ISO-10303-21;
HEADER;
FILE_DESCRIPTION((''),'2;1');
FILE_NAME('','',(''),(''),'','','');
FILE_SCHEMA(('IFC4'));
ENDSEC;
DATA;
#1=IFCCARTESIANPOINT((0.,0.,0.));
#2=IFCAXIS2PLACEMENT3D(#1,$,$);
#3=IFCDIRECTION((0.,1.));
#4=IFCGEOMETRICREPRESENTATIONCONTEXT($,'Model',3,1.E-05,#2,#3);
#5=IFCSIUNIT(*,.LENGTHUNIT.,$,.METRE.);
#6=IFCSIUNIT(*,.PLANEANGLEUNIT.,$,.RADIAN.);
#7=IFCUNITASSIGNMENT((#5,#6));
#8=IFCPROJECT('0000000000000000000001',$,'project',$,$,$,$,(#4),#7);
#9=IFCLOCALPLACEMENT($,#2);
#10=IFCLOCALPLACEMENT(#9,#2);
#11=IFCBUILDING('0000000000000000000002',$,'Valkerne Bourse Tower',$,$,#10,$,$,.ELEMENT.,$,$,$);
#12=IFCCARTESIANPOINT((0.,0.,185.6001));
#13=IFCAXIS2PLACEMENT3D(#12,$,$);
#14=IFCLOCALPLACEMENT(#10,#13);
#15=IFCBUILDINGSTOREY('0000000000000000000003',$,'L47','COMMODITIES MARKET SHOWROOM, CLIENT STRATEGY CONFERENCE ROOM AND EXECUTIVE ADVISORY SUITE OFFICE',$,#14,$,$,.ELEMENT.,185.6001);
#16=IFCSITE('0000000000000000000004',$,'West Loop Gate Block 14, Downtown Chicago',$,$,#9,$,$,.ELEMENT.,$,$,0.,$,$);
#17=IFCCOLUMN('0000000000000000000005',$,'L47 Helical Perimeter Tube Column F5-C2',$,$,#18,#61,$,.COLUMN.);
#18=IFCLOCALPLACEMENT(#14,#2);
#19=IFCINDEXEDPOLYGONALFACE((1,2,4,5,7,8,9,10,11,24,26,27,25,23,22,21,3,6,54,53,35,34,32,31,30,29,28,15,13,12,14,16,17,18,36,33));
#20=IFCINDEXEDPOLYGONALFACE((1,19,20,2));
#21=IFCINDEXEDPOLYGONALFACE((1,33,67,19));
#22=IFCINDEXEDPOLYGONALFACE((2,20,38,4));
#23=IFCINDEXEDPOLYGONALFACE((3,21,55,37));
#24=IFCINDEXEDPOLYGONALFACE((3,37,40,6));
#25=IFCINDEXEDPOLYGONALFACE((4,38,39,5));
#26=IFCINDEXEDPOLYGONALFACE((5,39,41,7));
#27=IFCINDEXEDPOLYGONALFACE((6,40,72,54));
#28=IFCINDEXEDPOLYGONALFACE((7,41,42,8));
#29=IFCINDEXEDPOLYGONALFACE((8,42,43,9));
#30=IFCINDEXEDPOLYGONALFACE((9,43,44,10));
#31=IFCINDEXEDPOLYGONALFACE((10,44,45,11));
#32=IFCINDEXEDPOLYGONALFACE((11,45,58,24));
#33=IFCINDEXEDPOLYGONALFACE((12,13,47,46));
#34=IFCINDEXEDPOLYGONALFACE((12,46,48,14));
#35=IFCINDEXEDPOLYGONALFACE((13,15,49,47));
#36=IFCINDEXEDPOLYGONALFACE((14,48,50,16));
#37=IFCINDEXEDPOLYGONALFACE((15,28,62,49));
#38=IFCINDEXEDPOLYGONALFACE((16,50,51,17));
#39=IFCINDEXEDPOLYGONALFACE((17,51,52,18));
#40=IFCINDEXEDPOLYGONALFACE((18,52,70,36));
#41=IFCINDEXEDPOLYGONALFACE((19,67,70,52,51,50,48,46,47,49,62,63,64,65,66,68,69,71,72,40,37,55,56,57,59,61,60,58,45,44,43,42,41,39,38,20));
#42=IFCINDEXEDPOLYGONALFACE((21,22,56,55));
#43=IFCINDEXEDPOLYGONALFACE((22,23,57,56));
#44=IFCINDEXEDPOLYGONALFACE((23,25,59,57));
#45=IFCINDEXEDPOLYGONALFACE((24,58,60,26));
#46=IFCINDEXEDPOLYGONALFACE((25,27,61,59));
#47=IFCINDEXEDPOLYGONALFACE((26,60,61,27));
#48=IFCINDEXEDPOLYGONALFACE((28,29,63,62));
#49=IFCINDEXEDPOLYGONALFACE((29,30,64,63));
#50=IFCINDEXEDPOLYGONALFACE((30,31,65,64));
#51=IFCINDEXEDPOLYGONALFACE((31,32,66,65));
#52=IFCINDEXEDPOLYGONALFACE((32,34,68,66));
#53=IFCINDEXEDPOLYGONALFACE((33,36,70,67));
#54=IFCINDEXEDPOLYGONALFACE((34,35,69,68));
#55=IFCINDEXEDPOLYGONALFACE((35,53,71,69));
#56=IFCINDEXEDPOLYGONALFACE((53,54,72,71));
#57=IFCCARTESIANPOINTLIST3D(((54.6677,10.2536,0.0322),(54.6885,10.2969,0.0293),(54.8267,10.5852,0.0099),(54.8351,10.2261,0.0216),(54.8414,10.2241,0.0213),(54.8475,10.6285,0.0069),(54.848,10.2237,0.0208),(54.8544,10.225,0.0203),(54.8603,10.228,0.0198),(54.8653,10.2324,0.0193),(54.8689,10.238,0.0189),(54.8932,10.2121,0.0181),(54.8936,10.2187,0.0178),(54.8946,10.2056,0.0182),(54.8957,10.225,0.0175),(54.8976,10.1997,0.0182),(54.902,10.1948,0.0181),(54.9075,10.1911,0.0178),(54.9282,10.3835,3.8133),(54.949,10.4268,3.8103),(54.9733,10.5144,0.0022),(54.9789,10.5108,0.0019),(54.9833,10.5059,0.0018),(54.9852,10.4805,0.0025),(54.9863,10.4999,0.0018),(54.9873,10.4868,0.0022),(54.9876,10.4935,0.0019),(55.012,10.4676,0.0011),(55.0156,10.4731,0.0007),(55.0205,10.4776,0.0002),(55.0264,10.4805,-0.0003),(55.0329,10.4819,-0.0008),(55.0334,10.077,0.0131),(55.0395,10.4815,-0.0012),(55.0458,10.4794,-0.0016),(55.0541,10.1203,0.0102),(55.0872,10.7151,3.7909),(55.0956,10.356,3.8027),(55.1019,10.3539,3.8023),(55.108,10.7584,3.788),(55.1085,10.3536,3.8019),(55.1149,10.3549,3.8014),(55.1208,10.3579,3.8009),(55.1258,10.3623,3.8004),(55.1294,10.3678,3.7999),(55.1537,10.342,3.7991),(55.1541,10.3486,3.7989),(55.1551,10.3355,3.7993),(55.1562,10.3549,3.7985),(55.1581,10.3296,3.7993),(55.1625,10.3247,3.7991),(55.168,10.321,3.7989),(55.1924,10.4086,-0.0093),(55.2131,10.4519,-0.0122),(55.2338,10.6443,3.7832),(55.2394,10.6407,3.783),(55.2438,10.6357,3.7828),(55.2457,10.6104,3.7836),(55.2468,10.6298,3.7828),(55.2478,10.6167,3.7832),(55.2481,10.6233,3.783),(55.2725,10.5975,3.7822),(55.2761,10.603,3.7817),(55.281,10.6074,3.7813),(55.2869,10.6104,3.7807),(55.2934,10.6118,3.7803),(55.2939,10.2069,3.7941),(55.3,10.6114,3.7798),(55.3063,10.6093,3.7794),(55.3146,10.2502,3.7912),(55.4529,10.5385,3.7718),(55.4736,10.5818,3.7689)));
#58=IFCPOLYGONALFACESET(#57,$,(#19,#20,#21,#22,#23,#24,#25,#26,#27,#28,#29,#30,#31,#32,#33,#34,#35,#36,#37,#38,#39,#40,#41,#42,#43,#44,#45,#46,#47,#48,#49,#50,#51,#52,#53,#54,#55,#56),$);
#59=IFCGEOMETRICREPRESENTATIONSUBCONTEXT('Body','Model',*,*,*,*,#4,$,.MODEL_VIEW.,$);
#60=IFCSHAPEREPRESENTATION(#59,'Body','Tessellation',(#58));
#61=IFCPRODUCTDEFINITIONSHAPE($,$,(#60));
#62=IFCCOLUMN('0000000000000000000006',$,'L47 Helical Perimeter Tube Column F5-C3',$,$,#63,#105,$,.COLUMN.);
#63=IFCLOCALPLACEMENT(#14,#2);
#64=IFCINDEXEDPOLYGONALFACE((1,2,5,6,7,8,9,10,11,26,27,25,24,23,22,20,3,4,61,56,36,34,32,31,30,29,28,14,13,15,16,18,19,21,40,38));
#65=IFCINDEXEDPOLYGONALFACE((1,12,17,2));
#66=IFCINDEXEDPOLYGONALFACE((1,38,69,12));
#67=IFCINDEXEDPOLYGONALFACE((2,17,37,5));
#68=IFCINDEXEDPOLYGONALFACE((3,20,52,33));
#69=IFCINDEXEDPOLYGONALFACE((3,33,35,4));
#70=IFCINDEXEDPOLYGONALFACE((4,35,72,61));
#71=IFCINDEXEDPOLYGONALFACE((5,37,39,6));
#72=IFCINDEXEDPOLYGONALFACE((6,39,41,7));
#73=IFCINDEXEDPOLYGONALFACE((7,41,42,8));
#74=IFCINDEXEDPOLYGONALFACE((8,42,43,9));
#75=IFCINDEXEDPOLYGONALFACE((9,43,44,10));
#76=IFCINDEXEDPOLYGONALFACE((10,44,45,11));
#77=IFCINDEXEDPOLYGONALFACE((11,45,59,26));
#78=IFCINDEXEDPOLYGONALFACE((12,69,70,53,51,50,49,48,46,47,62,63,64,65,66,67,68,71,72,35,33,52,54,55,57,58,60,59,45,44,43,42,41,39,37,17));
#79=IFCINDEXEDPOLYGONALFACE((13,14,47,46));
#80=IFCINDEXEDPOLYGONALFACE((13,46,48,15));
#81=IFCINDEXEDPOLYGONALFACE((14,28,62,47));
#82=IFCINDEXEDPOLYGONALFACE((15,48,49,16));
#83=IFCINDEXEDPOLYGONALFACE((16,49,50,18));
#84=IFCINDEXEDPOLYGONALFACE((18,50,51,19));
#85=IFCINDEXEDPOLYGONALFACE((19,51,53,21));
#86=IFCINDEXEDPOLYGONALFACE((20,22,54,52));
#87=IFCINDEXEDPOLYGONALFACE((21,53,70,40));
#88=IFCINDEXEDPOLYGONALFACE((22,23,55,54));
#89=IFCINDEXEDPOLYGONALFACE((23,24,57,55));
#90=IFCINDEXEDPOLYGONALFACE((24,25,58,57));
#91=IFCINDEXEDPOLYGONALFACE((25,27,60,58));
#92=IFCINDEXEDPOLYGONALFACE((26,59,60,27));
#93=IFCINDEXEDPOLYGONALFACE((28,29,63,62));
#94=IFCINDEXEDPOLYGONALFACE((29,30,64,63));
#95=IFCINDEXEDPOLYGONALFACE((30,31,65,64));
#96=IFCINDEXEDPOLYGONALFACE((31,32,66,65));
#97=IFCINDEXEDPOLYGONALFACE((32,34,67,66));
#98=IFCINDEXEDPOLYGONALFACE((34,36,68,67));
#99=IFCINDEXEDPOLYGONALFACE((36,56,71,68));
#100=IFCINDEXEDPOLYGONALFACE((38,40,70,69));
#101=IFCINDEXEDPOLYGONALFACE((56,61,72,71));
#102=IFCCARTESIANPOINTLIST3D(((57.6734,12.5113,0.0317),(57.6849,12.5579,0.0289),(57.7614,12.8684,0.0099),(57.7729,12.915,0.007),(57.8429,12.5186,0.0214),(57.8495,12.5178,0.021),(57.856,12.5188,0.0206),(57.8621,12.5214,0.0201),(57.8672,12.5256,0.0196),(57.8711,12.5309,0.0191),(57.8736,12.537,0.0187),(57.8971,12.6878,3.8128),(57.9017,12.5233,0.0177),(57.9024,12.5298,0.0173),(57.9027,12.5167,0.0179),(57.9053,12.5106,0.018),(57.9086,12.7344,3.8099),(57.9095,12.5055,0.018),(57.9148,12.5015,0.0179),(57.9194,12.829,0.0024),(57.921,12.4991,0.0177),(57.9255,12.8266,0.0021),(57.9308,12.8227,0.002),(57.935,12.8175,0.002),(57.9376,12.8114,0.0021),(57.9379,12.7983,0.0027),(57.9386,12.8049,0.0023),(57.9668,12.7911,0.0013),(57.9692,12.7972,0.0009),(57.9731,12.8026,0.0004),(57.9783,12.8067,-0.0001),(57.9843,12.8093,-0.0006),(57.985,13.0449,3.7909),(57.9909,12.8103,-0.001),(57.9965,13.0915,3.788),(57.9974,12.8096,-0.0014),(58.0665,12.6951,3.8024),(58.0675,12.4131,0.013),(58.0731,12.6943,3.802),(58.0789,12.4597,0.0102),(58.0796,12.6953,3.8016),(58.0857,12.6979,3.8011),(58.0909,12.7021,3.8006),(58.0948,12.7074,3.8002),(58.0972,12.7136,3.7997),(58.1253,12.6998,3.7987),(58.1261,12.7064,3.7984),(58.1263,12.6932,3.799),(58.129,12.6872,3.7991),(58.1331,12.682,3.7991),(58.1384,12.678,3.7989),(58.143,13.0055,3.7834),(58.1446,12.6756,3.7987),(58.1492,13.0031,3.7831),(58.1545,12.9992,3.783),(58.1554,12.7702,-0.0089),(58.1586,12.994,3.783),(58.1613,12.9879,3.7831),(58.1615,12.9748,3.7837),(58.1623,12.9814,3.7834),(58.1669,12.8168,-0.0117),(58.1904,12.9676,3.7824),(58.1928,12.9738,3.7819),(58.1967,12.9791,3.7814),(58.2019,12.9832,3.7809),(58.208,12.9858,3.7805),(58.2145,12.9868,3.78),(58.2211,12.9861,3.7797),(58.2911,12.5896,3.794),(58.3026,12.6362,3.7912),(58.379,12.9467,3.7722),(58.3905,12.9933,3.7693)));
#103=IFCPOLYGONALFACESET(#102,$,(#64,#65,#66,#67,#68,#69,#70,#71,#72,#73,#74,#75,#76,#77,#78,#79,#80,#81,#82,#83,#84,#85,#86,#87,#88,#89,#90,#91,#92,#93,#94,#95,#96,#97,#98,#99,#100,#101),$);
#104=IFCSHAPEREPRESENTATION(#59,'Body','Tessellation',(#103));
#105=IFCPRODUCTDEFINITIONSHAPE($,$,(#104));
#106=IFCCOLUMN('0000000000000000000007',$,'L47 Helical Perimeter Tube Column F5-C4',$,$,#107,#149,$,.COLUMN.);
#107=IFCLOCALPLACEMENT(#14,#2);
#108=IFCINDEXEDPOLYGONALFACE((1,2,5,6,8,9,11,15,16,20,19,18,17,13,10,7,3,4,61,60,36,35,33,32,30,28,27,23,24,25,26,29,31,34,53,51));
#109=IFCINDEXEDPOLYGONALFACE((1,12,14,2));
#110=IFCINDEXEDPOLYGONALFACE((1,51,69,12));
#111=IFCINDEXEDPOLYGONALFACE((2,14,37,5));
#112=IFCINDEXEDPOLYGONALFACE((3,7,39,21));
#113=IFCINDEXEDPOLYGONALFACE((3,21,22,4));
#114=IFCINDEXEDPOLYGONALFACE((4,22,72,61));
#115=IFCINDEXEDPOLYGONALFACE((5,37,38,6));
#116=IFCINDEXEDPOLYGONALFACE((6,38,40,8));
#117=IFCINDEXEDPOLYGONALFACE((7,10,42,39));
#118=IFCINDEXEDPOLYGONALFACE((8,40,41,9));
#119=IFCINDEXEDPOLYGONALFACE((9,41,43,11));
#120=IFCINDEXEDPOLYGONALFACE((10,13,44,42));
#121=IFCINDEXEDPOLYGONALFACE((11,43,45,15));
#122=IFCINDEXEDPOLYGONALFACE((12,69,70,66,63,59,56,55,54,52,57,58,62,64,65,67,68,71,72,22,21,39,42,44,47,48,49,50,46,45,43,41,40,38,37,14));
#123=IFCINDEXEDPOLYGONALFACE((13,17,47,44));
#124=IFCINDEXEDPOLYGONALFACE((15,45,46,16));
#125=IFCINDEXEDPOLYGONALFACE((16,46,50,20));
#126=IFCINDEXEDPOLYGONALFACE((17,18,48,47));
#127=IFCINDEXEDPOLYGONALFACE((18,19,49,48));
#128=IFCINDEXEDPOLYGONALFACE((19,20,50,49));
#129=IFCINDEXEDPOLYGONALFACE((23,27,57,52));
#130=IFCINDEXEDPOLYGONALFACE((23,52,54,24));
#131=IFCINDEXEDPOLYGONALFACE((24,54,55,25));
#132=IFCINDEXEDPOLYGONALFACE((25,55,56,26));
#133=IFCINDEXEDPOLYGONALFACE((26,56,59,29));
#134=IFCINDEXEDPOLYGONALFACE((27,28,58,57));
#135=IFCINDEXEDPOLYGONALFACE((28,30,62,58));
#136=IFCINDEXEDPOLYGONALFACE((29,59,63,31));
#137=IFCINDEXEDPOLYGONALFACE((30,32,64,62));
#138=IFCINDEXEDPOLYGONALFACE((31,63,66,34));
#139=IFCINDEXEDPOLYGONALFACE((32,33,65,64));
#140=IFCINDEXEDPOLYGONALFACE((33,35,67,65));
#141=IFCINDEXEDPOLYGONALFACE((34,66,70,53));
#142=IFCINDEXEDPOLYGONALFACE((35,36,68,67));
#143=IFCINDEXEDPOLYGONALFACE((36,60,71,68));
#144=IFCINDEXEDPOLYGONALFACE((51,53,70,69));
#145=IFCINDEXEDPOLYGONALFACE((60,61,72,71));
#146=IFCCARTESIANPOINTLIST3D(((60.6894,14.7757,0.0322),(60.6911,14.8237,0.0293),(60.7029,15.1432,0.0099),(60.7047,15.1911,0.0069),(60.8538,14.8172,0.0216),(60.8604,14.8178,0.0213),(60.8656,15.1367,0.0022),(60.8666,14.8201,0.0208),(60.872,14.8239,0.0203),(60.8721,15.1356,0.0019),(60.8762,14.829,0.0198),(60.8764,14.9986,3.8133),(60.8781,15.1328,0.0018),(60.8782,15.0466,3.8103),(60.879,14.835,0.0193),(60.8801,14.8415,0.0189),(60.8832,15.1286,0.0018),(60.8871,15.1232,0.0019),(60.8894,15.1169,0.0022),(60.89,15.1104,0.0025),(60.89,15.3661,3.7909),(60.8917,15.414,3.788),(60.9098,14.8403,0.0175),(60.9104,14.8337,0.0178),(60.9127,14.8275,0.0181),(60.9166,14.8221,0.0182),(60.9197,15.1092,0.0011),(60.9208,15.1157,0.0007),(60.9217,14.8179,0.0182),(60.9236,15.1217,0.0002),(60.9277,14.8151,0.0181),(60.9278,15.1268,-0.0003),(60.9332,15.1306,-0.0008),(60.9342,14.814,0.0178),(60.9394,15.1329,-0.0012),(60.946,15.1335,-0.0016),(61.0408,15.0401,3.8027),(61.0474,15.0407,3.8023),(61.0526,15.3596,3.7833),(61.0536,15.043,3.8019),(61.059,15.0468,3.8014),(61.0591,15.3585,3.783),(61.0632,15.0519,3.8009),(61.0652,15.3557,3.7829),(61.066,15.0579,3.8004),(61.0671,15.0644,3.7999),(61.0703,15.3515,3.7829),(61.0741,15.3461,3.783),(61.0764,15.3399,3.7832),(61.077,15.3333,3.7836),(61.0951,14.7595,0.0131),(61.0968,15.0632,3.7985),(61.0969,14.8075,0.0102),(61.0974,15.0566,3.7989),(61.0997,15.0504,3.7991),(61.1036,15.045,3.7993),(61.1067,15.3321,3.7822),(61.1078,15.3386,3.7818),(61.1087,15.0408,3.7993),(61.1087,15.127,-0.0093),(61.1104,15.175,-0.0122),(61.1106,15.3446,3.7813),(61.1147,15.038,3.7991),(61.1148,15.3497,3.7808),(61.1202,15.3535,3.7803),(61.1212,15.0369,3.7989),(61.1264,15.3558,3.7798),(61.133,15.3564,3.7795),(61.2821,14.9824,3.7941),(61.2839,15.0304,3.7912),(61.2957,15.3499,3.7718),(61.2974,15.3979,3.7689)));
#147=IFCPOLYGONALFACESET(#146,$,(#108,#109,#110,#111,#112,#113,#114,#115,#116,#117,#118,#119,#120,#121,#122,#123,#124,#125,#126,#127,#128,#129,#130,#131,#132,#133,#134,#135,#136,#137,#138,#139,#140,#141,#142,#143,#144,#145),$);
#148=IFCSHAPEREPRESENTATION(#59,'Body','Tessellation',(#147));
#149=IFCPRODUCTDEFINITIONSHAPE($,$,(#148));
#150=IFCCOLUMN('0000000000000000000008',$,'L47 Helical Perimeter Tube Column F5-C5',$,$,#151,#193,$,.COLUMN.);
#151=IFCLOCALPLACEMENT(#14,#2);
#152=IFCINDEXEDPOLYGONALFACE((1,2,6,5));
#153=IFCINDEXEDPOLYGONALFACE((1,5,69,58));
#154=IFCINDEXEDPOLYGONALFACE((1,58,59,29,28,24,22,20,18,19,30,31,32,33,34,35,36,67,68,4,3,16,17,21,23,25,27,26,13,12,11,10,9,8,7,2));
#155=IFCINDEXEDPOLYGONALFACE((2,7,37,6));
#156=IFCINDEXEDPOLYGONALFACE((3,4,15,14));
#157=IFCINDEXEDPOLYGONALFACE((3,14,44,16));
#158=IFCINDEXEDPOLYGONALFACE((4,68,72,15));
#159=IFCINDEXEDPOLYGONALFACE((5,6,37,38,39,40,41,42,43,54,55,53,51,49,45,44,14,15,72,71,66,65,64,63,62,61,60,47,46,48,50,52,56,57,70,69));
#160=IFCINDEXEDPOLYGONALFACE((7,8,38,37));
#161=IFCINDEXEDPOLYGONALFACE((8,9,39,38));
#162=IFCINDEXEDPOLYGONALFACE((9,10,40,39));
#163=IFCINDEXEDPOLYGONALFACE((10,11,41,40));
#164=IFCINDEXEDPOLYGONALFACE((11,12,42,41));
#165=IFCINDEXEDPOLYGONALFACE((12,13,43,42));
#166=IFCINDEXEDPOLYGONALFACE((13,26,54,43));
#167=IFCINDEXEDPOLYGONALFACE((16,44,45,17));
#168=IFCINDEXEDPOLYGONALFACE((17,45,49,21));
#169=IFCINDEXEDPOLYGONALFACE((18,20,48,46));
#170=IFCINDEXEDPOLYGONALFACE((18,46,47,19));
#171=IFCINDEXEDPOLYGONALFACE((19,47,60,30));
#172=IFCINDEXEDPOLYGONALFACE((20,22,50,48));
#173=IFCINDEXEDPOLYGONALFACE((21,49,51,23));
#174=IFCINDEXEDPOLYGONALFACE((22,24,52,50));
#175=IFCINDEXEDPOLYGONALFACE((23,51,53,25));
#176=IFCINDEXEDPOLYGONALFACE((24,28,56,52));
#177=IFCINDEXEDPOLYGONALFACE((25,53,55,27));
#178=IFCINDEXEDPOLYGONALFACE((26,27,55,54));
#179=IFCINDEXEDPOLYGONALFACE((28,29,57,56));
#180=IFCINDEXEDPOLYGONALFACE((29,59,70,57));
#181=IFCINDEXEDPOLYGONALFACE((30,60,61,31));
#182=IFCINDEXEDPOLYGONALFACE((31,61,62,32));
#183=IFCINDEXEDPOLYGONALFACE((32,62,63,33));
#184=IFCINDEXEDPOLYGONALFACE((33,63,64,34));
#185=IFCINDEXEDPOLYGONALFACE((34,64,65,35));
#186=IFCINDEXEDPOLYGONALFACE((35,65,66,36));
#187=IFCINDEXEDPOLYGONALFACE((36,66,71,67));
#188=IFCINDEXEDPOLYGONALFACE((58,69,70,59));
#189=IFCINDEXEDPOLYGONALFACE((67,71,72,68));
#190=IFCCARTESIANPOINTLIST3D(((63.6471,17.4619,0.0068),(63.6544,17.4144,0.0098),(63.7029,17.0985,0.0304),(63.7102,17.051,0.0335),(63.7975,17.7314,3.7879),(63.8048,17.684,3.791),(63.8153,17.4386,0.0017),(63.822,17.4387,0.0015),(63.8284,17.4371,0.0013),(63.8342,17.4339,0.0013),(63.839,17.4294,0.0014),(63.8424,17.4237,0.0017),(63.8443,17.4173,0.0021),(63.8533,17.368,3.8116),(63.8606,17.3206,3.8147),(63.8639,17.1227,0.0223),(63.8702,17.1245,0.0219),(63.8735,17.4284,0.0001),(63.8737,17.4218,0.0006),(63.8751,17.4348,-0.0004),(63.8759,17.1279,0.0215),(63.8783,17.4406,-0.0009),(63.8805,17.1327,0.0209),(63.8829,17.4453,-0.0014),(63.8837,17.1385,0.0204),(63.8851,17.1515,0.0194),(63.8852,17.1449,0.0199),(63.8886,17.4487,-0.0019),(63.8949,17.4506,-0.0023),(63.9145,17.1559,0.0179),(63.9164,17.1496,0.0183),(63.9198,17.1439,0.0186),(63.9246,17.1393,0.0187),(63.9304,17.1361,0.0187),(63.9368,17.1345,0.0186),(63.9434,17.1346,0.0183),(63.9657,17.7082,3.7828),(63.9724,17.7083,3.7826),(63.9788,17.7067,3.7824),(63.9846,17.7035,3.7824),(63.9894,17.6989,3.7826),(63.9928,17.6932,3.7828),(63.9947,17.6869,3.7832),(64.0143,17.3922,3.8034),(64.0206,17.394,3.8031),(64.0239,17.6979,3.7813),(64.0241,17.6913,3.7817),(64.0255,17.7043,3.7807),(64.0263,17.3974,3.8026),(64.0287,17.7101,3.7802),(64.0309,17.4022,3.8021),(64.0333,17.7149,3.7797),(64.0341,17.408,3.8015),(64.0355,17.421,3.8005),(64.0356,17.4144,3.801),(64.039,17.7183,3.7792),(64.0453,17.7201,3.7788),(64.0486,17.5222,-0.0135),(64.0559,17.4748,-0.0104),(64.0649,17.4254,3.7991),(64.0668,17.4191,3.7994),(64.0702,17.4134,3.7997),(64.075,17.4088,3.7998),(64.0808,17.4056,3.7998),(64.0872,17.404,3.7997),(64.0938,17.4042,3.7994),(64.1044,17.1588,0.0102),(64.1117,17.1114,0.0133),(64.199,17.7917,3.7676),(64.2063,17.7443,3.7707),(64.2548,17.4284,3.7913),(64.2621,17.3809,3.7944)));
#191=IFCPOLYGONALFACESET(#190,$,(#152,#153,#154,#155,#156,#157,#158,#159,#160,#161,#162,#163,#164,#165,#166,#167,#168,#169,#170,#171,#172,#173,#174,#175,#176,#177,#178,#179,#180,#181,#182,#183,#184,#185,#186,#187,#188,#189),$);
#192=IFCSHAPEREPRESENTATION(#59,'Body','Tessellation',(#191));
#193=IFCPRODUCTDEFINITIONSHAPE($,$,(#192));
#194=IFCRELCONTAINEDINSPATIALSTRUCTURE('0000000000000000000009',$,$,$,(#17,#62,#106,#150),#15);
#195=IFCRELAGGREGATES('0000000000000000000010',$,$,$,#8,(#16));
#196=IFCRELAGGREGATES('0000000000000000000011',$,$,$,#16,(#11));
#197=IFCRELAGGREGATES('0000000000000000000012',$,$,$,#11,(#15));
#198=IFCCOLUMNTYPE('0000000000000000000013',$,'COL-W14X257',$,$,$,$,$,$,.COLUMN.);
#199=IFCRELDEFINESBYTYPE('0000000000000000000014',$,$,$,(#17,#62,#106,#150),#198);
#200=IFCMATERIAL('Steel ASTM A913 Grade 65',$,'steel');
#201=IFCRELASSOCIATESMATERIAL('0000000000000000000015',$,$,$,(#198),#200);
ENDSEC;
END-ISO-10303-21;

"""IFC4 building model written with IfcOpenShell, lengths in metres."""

from ifc_helpers import new_model, si_unit, direction, frame, origin, origin_2d, place, context, subcontext, project, spatial, i_section, extrude, material, material_profile, profile_set, type_object, element, save


model = new_model("IFC4")

# Units and contexts
model_context = context("Model", 3, precision=1e-05, world=origin(), true_north=direction((0.0, 1.0)))
body_context = subcontext(model_context, "Body", "Model", "MODEL_VIEW")
ifc_project = project(units=[si_unit("LENGTHUNIT", "METRE"), si_unit("PLANEANGLEUNIT", "RADIAN")], contexts=[model_context])

# Site, building, storey
site_placement = place(None, origin())
site = spatial("IfcSite", under=ifc_project, at=site_placement, Name="West Loop Gate Block 14, Downtown Chicago", CompositionType="ELEMENT", RefElevation=0.0)
building_placement = place(site_placement, origin())
building = spatial("IfcBuilding", under=site, at=building_placement, Name="Valkerne Bourse Tower", CompositionType="ELEMENT")
storey_placement = place(building_placement, frame((0.0, 0.0, 185.6001)))
storey = spatial("IfcBuildingStorey", under=building, at=storey_placement, Name="L47", Description="COMMODITIES MARKET SHOWROOM, CLIENT STRATEGY CONFERENCE ROOM AND EXECUTIVE ADVISORY SUITE OFFICE", CompositionType="ELEMENT", Elevation=185.6001)

# Columns
ifc_material_1 = material(Name="Steel ASTM A913 Grade 65", Category="steel")
ifc_material_profile_1 = material_profile(ifc_material_1, i_section(OverallWidth=0.4065, OverallDepth=0.4165, WebThickness=0.0298, FlangeThickness=0.0481, FilletRadius=0.0254, at=origin_2d()), Name="W14X257")
ifc_profile_set_1 = profile_set([ifc_material_profile_1], Name="Steel ASTM A913 Grade 65")
column_type = type_object("IfcColumnType", Name="COL-W14X257", PredefinedType="COLUMN", material=ifc_profile_set_1)
column_1_placement = place(storey_placement, frame((54.9404, 10.3528, 0.01), z_axis=(0.068693, 0.03425, 0.99705), x_axis=(-0.899463, 0.434457, 0.047046)))
element("IfcColumn", 1, at=column_1_placement, inside=storey, type_object=column_type, Name="L47 Helical Perimeter Tube Column F5-C2", PredefinedType="COLUMN", context=body_context, shape_type="SweptSolid", body=[
    extrude(i_section(OverallWidth=0.4065, OverallDepth=0.4165, WebThickness=0.0298, FlangeThickness=0.0481, FilletRadius=0.0254, at=origin_2d()), origin(), (0.0, 0.0, 1.0), 3.7922),
])
column_2_placement = place(storey_placement, frame((57.9202, 12.6641, 0.01), z_axis=(0.058979, 0.046552, 0.997173), x_axis=(-0.96929, 0.241571, 0.046052)))
element("IfcColumn", 2, at=column_2_placement, inside=storey, type_object=column_type, Name="L47 Helical Perimeter Tube Column F5-C3", PredefinedType="COLUMN", context=body_context, shape_type="SweptSolid", body=[
    extrude(i_section(OverallWidth=0.4065, OverallDepth=0.4165, WebThickness=0.0298, FlangeThickness=0.0481, FilletRadius=0.0254, at=origin_2d()), origin(), (0.0, 0.0, 1.0), 3.7917),
])
column_3_placement = place(storey_placement, frame((60.8999, 14.9753, 0.01), z_axis=(0.049315, 0.058779, 0.997052), x_axis=(-0.998104, 0.039709, 0.047026)))
element("IfcColumn", 3, at=column_3_placement, inside=storey, type_object=column_type, Name="L47 Helical Perimeter Tube Column F5-C4", PredefinedType="COLUMN", context=body_context, shape_type="SweptSolid", body=[
    extrude(i_section(OverallWidth=0.4065, OverallDepth=0.4165, WebThickness=0.0298, FlangeThickness=0.0481, FilletRadius=0.0254, at=origin_2d()), origin(), (0.0, 0.0, 1.0), 3.7922),
])
column_4_placement = place(storey_placement, frame((63.8794, 17.2866, 0.01), z_axis=(0.039643, 0.071049, 0.996685), x_axis=(-0.987662, -0.148447, 0.049867)))
element("IfcColumn", 4, at=column_4_placement, inside=storey, type_object=column_type, Name="L47 Helical Perimeter Tube Column F5-C5", PredefinedType="COLUMN", context=body_context, shape_type="SweptSolid", body=[
    extrude(i_section(OverallWidth=0.4065, OverallDepth=0.4165, WebThickness=0.0298, FlangeThickness=0.0481, FilletRadius=0.0254, at=origin_2d()), origin(), (0.0, 0.0, 1.0), 3.7937),
])

save(model, "model.ifc")
